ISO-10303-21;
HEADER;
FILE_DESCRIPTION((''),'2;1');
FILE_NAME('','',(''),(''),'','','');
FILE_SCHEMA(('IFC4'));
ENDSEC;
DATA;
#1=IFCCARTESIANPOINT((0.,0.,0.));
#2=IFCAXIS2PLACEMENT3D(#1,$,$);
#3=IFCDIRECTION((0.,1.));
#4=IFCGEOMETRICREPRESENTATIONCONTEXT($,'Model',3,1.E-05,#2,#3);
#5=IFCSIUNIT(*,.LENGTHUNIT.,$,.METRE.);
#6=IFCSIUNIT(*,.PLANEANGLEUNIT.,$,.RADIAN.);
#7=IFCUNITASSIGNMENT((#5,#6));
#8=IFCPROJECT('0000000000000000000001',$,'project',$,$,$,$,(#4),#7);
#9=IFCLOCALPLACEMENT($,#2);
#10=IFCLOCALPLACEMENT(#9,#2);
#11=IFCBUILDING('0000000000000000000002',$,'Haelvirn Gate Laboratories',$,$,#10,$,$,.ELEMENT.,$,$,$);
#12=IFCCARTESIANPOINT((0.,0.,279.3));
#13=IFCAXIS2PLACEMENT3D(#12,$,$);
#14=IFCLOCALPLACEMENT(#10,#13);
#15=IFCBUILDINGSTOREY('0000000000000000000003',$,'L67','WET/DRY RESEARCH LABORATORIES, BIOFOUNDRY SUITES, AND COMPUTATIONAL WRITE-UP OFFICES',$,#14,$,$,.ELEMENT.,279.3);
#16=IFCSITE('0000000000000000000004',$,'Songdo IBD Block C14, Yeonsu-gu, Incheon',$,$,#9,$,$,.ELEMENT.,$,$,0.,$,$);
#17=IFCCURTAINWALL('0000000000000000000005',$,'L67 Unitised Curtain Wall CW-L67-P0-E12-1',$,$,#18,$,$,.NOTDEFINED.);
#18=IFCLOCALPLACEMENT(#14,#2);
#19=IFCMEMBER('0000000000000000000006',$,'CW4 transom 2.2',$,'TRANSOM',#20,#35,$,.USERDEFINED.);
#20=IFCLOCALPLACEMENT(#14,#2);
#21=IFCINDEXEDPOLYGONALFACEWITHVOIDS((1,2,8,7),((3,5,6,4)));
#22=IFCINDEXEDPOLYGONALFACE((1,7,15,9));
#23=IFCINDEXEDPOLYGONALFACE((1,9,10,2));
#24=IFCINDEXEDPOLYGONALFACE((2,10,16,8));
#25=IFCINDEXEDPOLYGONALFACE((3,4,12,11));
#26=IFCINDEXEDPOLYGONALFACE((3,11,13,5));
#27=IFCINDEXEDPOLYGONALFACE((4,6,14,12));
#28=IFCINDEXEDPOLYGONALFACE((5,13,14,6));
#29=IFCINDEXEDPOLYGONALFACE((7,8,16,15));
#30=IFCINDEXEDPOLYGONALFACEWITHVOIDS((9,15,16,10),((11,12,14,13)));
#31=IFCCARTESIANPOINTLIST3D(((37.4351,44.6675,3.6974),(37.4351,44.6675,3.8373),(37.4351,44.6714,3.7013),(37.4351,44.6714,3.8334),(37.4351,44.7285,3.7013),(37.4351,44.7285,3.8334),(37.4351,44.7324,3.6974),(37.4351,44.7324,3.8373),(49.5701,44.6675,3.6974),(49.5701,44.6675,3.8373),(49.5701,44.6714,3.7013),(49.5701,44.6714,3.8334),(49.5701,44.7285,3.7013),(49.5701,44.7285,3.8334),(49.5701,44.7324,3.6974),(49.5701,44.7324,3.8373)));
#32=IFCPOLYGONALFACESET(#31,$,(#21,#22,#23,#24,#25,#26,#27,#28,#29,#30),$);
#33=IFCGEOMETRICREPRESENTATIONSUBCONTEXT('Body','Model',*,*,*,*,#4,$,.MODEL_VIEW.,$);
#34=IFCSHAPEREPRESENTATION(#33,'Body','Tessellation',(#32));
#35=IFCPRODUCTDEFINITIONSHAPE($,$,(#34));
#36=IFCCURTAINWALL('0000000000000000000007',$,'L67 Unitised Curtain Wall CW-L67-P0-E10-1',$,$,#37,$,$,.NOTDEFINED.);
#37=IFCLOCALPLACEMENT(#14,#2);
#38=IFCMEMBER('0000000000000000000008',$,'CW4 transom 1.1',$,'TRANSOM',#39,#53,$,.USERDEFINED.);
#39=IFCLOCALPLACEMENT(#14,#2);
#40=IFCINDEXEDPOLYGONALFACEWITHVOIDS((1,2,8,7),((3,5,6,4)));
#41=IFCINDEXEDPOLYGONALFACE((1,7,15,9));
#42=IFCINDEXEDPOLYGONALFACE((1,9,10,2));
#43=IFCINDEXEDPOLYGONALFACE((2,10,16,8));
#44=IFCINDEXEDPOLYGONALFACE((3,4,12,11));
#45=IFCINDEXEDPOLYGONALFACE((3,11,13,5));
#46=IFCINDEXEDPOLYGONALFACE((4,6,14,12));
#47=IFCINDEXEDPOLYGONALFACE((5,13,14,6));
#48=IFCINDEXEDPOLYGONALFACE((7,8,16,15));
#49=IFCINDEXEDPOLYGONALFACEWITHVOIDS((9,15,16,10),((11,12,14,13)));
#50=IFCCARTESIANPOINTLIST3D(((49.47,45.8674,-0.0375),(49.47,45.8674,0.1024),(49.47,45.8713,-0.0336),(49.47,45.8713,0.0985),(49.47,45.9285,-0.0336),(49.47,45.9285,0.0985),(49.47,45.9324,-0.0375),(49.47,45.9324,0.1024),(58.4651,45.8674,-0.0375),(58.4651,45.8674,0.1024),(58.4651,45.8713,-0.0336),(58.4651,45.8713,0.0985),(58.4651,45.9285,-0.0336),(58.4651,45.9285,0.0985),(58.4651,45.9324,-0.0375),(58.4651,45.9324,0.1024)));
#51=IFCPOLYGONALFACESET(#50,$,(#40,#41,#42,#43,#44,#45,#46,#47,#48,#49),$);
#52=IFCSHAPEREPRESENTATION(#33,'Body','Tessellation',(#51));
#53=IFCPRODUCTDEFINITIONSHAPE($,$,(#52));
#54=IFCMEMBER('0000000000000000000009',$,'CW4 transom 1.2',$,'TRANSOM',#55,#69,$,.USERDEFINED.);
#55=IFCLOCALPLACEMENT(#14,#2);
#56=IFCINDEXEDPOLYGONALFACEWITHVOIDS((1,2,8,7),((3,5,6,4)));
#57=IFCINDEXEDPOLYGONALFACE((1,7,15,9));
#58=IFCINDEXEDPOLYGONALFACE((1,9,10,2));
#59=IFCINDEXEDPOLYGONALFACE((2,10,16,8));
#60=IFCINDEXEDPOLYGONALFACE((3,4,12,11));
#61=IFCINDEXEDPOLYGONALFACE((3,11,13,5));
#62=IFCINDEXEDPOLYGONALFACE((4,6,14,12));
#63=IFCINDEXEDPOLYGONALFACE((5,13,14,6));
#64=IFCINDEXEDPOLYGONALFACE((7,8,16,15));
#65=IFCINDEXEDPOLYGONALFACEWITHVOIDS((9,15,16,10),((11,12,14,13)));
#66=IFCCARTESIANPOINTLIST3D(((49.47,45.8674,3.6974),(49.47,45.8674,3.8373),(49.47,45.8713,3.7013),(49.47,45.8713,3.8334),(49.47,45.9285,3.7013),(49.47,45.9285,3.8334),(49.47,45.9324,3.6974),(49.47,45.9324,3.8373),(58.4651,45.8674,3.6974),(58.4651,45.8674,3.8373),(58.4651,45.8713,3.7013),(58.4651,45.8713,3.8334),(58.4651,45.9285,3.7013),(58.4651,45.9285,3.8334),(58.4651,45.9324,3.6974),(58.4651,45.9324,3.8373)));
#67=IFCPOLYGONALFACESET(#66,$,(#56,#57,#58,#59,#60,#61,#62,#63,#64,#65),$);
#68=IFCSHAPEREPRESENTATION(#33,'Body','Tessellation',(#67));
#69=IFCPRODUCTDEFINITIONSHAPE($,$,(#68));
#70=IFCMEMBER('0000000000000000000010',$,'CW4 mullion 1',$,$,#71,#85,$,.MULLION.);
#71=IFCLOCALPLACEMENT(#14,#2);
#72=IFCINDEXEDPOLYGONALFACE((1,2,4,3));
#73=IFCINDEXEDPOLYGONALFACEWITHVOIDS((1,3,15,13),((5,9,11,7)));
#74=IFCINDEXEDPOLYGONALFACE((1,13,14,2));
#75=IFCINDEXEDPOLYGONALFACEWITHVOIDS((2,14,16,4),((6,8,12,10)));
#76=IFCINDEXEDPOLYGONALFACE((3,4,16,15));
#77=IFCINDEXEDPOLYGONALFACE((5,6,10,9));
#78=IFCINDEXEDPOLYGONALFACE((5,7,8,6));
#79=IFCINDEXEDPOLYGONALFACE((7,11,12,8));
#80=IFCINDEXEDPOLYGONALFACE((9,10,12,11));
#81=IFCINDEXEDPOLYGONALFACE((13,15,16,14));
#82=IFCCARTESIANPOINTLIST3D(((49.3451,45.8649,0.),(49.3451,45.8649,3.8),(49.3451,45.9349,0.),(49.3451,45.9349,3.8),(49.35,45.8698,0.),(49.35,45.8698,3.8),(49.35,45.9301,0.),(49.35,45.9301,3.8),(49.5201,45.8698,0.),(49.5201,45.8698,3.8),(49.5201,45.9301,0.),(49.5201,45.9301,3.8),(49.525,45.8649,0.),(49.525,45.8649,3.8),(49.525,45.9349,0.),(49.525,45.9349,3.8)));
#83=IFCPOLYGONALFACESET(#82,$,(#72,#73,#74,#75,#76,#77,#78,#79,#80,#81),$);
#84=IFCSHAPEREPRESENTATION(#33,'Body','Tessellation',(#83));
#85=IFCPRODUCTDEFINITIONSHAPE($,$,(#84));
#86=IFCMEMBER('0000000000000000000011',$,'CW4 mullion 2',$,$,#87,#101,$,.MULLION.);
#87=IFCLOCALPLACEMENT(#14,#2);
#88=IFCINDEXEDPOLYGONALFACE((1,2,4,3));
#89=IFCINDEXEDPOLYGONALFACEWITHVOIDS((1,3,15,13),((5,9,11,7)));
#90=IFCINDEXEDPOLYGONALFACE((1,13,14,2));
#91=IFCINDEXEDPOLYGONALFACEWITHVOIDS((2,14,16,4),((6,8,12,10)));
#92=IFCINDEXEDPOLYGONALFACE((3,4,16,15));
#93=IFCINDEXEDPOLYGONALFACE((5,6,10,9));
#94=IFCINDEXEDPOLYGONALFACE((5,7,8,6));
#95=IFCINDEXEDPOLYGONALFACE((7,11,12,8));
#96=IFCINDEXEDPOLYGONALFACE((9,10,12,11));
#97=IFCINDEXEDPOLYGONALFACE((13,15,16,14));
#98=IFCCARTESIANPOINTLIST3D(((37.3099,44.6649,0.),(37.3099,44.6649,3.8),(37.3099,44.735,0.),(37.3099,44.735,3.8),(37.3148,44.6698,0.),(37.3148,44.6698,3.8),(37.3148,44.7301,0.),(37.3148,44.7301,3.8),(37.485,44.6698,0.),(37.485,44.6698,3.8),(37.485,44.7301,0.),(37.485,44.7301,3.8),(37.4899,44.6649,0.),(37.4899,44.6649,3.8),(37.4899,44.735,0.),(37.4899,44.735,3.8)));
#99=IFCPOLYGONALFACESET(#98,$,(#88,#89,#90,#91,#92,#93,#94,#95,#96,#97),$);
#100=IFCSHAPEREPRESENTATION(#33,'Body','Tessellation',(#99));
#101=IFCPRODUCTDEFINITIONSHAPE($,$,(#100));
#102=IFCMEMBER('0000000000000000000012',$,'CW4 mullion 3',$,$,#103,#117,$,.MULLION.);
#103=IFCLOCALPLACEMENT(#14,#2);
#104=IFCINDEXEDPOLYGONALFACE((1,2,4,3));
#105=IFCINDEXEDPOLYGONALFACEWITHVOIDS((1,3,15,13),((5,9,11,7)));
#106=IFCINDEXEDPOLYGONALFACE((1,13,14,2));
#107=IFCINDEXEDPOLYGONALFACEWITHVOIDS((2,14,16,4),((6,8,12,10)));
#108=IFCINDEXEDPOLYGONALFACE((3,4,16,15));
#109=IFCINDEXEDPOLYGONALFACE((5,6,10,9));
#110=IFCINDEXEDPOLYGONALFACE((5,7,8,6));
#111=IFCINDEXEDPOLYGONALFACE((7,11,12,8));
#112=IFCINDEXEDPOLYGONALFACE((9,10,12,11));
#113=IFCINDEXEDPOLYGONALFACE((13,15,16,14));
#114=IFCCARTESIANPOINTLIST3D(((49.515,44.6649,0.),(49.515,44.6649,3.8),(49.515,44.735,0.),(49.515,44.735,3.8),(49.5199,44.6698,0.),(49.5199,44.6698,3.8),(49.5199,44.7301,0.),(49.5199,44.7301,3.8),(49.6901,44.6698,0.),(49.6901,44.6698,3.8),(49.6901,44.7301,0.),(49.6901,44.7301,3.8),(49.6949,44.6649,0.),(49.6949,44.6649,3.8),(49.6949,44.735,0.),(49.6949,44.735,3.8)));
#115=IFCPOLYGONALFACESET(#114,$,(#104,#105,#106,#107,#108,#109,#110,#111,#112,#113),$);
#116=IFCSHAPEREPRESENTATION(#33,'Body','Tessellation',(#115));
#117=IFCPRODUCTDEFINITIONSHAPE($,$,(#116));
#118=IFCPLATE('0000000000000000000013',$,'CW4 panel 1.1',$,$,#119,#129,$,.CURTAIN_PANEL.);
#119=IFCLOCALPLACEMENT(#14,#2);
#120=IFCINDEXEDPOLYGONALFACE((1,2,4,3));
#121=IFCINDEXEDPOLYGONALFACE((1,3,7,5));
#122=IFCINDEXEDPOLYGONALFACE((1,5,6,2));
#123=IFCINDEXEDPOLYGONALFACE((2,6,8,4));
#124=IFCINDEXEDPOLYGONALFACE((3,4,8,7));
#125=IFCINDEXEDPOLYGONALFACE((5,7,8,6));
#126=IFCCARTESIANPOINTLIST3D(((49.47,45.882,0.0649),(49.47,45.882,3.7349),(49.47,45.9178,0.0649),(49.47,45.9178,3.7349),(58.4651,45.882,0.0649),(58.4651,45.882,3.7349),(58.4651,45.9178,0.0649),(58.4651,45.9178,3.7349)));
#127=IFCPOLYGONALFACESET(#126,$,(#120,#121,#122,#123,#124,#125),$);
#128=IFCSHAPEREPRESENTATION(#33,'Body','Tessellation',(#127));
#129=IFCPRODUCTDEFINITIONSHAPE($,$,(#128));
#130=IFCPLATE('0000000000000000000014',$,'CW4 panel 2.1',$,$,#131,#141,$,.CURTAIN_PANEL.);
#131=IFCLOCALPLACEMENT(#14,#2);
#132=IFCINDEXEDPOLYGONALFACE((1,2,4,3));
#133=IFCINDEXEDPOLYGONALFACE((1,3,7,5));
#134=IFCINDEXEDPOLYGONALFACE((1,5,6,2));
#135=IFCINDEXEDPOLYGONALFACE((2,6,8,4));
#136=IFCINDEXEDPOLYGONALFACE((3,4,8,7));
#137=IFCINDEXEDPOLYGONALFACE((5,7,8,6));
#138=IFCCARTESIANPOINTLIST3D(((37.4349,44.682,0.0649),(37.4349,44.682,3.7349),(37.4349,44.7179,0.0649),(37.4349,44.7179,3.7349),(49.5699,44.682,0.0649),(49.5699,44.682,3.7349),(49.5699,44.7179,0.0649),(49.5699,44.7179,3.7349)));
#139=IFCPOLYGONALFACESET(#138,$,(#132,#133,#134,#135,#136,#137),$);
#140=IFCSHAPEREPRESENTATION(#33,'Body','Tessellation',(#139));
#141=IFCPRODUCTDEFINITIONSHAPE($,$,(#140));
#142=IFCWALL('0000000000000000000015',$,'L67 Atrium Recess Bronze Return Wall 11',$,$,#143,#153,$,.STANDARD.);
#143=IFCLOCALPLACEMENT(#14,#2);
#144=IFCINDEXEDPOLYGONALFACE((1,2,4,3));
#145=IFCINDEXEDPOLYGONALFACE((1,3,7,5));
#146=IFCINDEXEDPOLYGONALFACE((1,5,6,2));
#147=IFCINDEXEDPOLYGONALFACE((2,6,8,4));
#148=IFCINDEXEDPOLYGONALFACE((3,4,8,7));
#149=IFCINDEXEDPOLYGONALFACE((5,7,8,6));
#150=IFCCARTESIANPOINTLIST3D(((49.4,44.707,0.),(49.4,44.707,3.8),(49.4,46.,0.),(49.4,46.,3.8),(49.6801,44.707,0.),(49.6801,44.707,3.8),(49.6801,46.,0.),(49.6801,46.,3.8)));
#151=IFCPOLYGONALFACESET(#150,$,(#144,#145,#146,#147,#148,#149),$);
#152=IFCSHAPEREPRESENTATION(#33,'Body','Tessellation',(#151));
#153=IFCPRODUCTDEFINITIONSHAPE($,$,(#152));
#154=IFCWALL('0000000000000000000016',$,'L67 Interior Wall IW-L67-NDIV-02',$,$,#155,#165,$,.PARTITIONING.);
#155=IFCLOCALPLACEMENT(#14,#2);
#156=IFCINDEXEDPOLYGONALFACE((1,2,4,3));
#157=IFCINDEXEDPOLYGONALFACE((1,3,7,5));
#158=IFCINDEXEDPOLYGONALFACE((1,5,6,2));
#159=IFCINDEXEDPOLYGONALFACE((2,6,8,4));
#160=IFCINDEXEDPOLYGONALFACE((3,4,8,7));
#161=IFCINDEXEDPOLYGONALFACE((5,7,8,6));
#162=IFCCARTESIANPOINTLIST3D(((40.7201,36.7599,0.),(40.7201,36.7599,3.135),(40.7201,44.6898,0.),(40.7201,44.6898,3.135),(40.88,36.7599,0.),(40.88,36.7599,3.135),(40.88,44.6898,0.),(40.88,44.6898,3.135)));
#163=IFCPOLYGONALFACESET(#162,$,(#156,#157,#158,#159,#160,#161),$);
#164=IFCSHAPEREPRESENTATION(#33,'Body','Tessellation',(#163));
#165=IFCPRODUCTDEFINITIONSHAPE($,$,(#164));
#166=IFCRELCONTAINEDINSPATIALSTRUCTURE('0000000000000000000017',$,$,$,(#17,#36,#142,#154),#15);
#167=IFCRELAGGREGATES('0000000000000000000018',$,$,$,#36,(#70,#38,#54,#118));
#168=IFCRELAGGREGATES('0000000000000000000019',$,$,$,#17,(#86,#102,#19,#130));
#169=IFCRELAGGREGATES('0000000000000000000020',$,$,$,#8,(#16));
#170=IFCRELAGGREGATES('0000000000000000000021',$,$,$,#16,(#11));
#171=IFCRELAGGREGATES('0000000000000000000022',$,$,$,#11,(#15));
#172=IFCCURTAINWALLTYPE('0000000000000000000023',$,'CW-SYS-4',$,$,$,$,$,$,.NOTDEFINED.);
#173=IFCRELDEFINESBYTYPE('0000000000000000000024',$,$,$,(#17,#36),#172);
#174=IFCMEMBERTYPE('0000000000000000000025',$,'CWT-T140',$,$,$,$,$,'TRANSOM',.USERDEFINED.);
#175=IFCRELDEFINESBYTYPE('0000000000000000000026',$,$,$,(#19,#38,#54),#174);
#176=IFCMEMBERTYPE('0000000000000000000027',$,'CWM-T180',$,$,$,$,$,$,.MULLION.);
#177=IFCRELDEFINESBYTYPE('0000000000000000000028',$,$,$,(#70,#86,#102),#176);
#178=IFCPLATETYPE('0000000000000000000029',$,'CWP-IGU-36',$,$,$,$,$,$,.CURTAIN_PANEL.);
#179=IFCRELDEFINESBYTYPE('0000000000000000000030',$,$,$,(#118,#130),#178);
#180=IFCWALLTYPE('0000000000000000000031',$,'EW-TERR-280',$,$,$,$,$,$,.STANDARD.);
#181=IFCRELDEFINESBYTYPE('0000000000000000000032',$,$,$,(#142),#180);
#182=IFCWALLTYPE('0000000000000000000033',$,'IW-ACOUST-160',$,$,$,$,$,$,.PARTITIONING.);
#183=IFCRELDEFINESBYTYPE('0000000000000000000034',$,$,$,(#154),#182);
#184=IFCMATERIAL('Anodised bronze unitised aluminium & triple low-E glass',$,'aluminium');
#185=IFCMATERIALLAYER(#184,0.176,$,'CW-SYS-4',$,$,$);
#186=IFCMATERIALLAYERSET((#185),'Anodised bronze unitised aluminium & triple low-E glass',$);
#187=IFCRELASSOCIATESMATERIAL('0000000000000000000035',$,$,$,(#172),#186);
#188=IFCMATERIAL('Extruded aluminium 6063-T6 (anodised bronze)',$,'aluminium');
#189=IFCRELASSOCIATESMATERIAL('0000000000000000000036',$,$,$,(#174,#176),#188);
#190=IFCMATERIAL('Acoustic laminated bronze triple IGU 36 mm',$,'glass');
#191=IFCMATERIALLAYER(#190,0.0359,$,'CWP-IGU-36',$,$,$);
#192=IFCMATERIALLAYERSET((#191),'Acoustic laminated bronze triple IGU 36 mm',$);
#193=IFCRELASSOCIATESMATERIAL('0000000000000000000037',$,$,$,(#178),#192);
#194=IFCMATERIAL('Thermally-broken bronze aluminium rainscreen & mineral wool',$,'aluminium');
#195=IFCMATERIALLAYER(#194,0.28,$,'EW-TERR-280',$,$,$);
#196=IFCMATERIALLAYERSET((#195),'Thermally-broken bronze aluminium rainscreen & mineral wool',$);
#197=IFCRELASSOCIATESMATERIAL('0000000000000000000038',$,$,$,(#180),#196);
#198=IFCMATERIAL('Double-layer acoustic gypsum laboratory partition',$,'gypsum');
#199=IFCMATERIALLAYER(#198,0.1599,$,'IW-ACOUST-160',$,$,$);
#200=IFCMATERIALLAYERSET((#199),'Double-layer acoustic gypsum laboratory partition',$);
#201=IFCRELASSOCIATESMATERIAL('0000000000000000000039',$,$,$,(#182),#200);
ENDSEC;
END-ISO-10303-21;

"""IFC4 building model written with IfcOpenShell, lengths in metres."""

from ifc_helpers import new_model, si_unit, direction, frame, frame_2d, origin, origin_2d, place, context, subcontext, project, spatial, rectangle, hollow_rectangle, extrude, source, transform, mapped, material, layer, layer_set, material_profile, profile_set, type_object, type_shapes, element, aggregate, save


model = new_model("IFC4")

# Units and contexts
model_context = context("Model", 3, precision=1e-05, world=origin(), true_north=direction((0.0, 1.0)))
body_context = subcontext(model_context, "Body", "Model", "MODEL_VIEW")
ifc_project = project(units=[si_unit("LENGTHUNIT", "METRE"), si_unit("PLANEANGLEUNIT", "RADIAN")], contexts=[model_context])

# Site, building, storey
site_placement = place(None, origin())
site = spatial("IfcSite", under=ifc_project, at=site_placement, Name="Songdo IBD Block C14, Yeonsu-gu, Incheon", CompositionType="ELEMENT", RefElevation=0.0)
building_placement = place(site_placement, origin())
building = spatial("IfcBuilding", under=site, at=building_placement, Name="Haelvirn Gate Laboratories", CompositionType="ELEMENT")
storey_placement = place(building_placement, frame((0.0, 0.0, 279.3)))
storey = spatial("IfcBuildingStorey", under=building, at=storey_placement, Name="L67", Description="WET/DRY RESEARCH LABORATORIES, BIOFOUNDRY SUITES, AND COMPUTATIONAL WRITE-UP OFFICES", CompositionType="ELEMENT", Elevation=279.3)

# Curtain walls, members
ifc_material_1 = material(Name="Anodised bronze unitised aluminium & triple low-E glass", Category="aluminium")
ifc_layer_1 = layer(ifc_material_1, 0.176, Name="CW-SYS-4")
ifc_layer_set_1 = layer_set([ifc_layer_1], Name="Anodised bronze unitised aluminium & triple low-E glass")
curtain_wall_type = type_object("IfcCurtainWallType", Name="CW-SYS-4", PredefinedType="NOTDEFINED", material=ifc_layer_set_1)
curtain_wall_1_placement = place(storey_placement, origin())
curtain_wall_1 = element("IfcCurtainWall", 1, at=curtain_wall_1_placement, inside=storey, type_object=curtain_wall_type, Name="L67 Unitised Curtain Wall CW-L67-P0-E12-1", PredefinedType="NOTDEFINED")
ifc_material_2 = material(Name="Extruded aluminium 6063-T6 (anodised bronze)", Category="aluminium")
ifc_material_profile_1 = material_profile(ifc_material_2, hollow_rectangle(XDim=0.0649, YDim=0.1399, WallThickness=0.0039, at=origin_2d()), Name="CWT-140x65x4")
ifc_profile_set_1 = profile_set([ifc_material_profile_1], Name="Extruded aluminium 6063-T6 (anodised bronze)")
member_type_1 = type_object("IfcMemberType", Name="CWT-T140", ElementType="TRANSOM", PredefinedType="USERDEFINED", material=ifc_profile_set_1)
shared_shape_1 = source(origin(), body_context, "Body", "SweptSolid", [
    extrude(hollow_rectangle(XDim=0.0649, YDim=0.1399, WallThickness=0.0039, at=origin_2d()), origin(), (0.0, 0.0, 1.0), 12.135),
])
member_1_placement = place(storey_placement, frame((37.4351, 44.7, 3.7673), z_axis=(1.0, 0.0, 0.0), x_axis=(0.0, 1.0, 0.0)))
member_1 = element("IfcMember", 2, at=member_1_placement, type_object=member_type_1, Name="CW4 transom 2.2", ObjectType="TRANSOM", PredefinedType="USERDEFINED", context=body_context, shape_type="MappedRepresentation", body=[
    mapped(shared_shape_1, transform((0.0, 0.0, 0.0), scale=1.0)),
])
curtain_wall_2_placement = place(storey_placement, origin())
curtain_wall_2 = element("IfcCurtainWall", 3, at=curtain_wall_2_placement, inside=storey, type_object=curtain_wall_type, Name="L67 Unitised Curtain Wall CW-L67-P0-E10-1", PredefinedType="NOTDEFINED")
shared_shape_2 = source(origin(), body_context, "Body", "SweptSolid", [
    extrude(hollow_rectangle(XDim=0.0649, YDim=0.1399, WallThickness=0.0039, at=origin_2d()), origin(), (0.0, 0.0, 1.0), 8.9951),
])
type_shapes(member_type_1, [shared_shape_1, shared_shape_2])
member_2_placement = place(storey_placement, frame((49.47, 45.8999, 0.0325), z_axis=(1.0, 0.0, 0.0), x_axis=(0.0, 1.0, 0.0)))
member_2 = element("IfcMember", 4, at=member_2_placement, type_object=member_type_1, Name="CW4 transom 1.1", ObjectType="TRANSOM", PredefinedType="USERDEFINED", context=body_context, shape_type="MappedRepresentation", body=[
    mapped(shared_shape_2, transform((0.0, 0.0, 0.0), scale=1.0)),
])
member_3_placement = place(storey_placement, frame((49.47, 45.8999, 3.7673), z_axis=(1.0, 0.0, 0.0), x_axis=(0.0, 1.0, 0.0)))
member_3 = element("IfcMember", 5, at=member_3_placement, type_object=member_type_1, Name="CW4 transom 1.2", ObjectType="TRANSOM", PredefinedType="USERDEFINED", context=body_context, shape_type="MappedRepresentation", body=[
    mapped(shared_shape_2, transform((0.0, 0.0, 0.0), scale=1.0)),
])
ifc_material_profile_2 = material_profile(ifc_material_2, hollow_rectangle(XDim=0.0701, YDim=0.1799, WallThickness=0.0049, at=origin_2d()), Name="CWM-180x70x5")
ifc_profile_set_2 = profile_set([ifc_material_profile_2], Name="Extruded aluminium 6063-T6 (anodised bronze)")
member_type_2 = type_object("IfcMemberType", Name="CWM-T180", PredefinedType="MULLION", material=ifc_profile_set_2)
shared_shape_3 = source(origin(), body_context, "Body", "SweptSolid", [
    extrude(hollow_rectangle(XDim=0.0701, YDim=0.1799, WallThickness=0.0049, at=origin_2d()), origin(), (0.0, 0.0, 1.0), 3.8),
])
type_shapes(member_type_2, [shared_shape_3])
member_4_placement = place(storey_placement, frame((49.4351, 45.8999, 0.0), z_axis=(0.0, 0.0, 1.0), x_axis=(0.0, 1.0, 0.0)))
member_4 = element("IfcMember", 6, at=member_4_placement, type_object=member_type_2, Name="CW4 mullion 1", PredefinedType="MULLION", context=body_context, shape_type="MappedRepresentation", body=[
    mapped(shared_shape_3, transform((0.0, 0.0, 0.0), scale=1.0)),
])

# Members
member_5_placement = place(storey_placement, frame((37.3999, 44.7, 0.0), z_axis=(0.0, 0.0, 1.0), x_axis=(0.0, 1.0, 0.0)))
member_5 = element("IfcMember", 7, at=member_5_placement, type_object=member_type_2, Name="CW4 mullion 2", PredefinedType="MULLION", context=body_context, shape_type="MappedRepresentation", body=[
    mapped(shared_shape_3, transform((0.0, 0.0, 0.0), scale=1.0)),
])
member_6_placement = place(storey_placement, frame((49.605, 44.7, 0.0), z_axis=(0.0, 0.0, 1.0), x_axis=(0.0, 1.0, 0.0)))
member_6 = element("IfcMember", 8, at=member_6_placement, type_object=member_type_2, Name="CW4 mullion 3", PredefinedType="MULLION", context=body_context, shape_type="MappedRepresentation", body=[
    mapped(shared_shape_3, transform((0.0, 0.0, 0.0), scale=1.0)),
])

# Plates
ifc_material_3 = material(Name="Acoustic laminated bronze triple IGU 36 mm", Category="glass")
ifc_layer_2 = layer(ifc_material_3, 0.0359, Name="CWP-IGU-36")
ifc_layer_set_2 = layer_set([ifc_layer_2], Name="Acoustic laminated bronze triple IGU 36 mm")
plate_type = type_object("IfcPlateType", Name="CWP-IGU-36", PredefinedType="CURTAIN_PANEL", material=ifc_layer_set_2)
shared_shape_4 = source(origin(), body_context, "Body", "SweptSolid", [
    extrude(rectangle(XDim=8.9951, YDim=0.0359, at=origin_2d()), origin(), (0.0, 0.0, 1.0), 3.6699),
])
plate_1_placement = place(storey_placement, frame((53.9675, 45.8999, 0.0649), z_axis=(0.0, 0.0, 1.0), x_axis=(1.0, 0.0, 0.0)))
plate_1 = element("IfcPlate", 9, at=plate_1_placement, type_object=plate_type, Name="CW4 panel 1.1", PredefinedType="CURTAIN_PANEL", context=body_context, shape_type="MappedRepresentation", body=[
    mapped(shared_shape_4, transform((0.0, 0.0, 0.0), scale=1.0)),
])
aggregate(curtain_wall_2, [member_4, member_2, member_3, plate_1])
shared_shape_5 = source(origin(), body_context, "Body", "SweptSolid", [
    extrude(rectangle(XDim=12.135, YDim=0.0359, at=origin_2d()), origin(), (0.0, 0.0, 1.0), 3.6699),
])
type_shapes(plate_type, [shared_shape_4, shared_shape_5])
plate_2_placement = place(storey_placement, frame((43.5024, 44.7, 0.0649), z_axis=(0.0, 0.0, 1.0), x_axis=(1.0, 0.0, 0.0)))
plate_2 = element("IfcPlate", 10, at=plate_2_placement, type_object=plate_type, Name="CW4 panel 2.1", PredefinedType="CURTAIN_PANEL", context=body_context, shape_type="MappedRepresentation", body=[
    mapped(shared_shape_5, transform((0.0, 0.0, 0.0), scale=1.0)),
])
aggregate(curtain_wall_1, [member_5, member_6, member_1, plate_2])

# Walls
ifc_material_4 = material(Name="Thermally-broken bronze aluminium rainscreen & mineral wool", Category="aluminium")
ifc_layer_3 = layer(ifc_material_4, 0.28, Name="EW-TERR-280")
ifc_layer_set_3 = layer_set([ifc_layer_3], Name="Thermally-broken bronze aluminium rainscreen & mineral wool")
wall_type_1 = type_object("IfcWallType", Name="EW-TERR-280", PredefinedType="STANDARD", material=ifc_layer_set_3)
wall_1_placement = place(storey_placement, frame((49.54, 46.0, 0.0), z_axis=(0.0, 0.0, 1.0), x_axis=(0.0, -1.0, 0.0)))
element("IfcWall", 11, at=wall_1_placement, inside=storey, type_object=wall_type_1, Name="L67 Atrium Recess Bronze Return Wall 11", PredefinedType="STANDARD", context=body_context, shape_type="SweptSolid", body=[
    extrude(rectangle(XDim=1.293, YDim=0.28, at=frame_2d((0.6465, 0.0))), origin(), (0.0, 0.0, 1.0), 3.8),
])
ifc_material_5 = material(Name="Double-layer acoustic gypsum laboratory partition", Category="gypsum")
ifc_layer_4 = layer(ifc_material_5, 0.1599, Name="IW-ACOUST-160")
ifc_layer_set_4 = layer_set([ifc_layer_4], Name="Double-layer acoustic gypsum laboratory partition")
wall_type_2 = type_object("IfcWallType", Name="IW-ACOUST-160", PredefinedType="PARTITIONING", material=ifc_layer_set_4)
wall_2_placement = place(storey_placement, frame((40.8, 36.76, 0.0), z_axis=(0.0, 0.0, 1.0), x_axis=(0.0, 1.0, 0.0)))
element("IfcWall", 12, at=wall_2_placement, inside=storey, type_object=wall_type_2, Name="L67 Interior Wall IW-L67-NDIV-02", PredefinedType="PARTITIONING", context=body_context, shape_type="SweptSolid", body=[
    extrude(rectangle(XDim=7.9299, YDim=0.1599, at=frame_2d((3.9648, 0.0))), origin(), (0.0, 0.0, 1.0), 3.135),
])

save(model, "model.ifc")
